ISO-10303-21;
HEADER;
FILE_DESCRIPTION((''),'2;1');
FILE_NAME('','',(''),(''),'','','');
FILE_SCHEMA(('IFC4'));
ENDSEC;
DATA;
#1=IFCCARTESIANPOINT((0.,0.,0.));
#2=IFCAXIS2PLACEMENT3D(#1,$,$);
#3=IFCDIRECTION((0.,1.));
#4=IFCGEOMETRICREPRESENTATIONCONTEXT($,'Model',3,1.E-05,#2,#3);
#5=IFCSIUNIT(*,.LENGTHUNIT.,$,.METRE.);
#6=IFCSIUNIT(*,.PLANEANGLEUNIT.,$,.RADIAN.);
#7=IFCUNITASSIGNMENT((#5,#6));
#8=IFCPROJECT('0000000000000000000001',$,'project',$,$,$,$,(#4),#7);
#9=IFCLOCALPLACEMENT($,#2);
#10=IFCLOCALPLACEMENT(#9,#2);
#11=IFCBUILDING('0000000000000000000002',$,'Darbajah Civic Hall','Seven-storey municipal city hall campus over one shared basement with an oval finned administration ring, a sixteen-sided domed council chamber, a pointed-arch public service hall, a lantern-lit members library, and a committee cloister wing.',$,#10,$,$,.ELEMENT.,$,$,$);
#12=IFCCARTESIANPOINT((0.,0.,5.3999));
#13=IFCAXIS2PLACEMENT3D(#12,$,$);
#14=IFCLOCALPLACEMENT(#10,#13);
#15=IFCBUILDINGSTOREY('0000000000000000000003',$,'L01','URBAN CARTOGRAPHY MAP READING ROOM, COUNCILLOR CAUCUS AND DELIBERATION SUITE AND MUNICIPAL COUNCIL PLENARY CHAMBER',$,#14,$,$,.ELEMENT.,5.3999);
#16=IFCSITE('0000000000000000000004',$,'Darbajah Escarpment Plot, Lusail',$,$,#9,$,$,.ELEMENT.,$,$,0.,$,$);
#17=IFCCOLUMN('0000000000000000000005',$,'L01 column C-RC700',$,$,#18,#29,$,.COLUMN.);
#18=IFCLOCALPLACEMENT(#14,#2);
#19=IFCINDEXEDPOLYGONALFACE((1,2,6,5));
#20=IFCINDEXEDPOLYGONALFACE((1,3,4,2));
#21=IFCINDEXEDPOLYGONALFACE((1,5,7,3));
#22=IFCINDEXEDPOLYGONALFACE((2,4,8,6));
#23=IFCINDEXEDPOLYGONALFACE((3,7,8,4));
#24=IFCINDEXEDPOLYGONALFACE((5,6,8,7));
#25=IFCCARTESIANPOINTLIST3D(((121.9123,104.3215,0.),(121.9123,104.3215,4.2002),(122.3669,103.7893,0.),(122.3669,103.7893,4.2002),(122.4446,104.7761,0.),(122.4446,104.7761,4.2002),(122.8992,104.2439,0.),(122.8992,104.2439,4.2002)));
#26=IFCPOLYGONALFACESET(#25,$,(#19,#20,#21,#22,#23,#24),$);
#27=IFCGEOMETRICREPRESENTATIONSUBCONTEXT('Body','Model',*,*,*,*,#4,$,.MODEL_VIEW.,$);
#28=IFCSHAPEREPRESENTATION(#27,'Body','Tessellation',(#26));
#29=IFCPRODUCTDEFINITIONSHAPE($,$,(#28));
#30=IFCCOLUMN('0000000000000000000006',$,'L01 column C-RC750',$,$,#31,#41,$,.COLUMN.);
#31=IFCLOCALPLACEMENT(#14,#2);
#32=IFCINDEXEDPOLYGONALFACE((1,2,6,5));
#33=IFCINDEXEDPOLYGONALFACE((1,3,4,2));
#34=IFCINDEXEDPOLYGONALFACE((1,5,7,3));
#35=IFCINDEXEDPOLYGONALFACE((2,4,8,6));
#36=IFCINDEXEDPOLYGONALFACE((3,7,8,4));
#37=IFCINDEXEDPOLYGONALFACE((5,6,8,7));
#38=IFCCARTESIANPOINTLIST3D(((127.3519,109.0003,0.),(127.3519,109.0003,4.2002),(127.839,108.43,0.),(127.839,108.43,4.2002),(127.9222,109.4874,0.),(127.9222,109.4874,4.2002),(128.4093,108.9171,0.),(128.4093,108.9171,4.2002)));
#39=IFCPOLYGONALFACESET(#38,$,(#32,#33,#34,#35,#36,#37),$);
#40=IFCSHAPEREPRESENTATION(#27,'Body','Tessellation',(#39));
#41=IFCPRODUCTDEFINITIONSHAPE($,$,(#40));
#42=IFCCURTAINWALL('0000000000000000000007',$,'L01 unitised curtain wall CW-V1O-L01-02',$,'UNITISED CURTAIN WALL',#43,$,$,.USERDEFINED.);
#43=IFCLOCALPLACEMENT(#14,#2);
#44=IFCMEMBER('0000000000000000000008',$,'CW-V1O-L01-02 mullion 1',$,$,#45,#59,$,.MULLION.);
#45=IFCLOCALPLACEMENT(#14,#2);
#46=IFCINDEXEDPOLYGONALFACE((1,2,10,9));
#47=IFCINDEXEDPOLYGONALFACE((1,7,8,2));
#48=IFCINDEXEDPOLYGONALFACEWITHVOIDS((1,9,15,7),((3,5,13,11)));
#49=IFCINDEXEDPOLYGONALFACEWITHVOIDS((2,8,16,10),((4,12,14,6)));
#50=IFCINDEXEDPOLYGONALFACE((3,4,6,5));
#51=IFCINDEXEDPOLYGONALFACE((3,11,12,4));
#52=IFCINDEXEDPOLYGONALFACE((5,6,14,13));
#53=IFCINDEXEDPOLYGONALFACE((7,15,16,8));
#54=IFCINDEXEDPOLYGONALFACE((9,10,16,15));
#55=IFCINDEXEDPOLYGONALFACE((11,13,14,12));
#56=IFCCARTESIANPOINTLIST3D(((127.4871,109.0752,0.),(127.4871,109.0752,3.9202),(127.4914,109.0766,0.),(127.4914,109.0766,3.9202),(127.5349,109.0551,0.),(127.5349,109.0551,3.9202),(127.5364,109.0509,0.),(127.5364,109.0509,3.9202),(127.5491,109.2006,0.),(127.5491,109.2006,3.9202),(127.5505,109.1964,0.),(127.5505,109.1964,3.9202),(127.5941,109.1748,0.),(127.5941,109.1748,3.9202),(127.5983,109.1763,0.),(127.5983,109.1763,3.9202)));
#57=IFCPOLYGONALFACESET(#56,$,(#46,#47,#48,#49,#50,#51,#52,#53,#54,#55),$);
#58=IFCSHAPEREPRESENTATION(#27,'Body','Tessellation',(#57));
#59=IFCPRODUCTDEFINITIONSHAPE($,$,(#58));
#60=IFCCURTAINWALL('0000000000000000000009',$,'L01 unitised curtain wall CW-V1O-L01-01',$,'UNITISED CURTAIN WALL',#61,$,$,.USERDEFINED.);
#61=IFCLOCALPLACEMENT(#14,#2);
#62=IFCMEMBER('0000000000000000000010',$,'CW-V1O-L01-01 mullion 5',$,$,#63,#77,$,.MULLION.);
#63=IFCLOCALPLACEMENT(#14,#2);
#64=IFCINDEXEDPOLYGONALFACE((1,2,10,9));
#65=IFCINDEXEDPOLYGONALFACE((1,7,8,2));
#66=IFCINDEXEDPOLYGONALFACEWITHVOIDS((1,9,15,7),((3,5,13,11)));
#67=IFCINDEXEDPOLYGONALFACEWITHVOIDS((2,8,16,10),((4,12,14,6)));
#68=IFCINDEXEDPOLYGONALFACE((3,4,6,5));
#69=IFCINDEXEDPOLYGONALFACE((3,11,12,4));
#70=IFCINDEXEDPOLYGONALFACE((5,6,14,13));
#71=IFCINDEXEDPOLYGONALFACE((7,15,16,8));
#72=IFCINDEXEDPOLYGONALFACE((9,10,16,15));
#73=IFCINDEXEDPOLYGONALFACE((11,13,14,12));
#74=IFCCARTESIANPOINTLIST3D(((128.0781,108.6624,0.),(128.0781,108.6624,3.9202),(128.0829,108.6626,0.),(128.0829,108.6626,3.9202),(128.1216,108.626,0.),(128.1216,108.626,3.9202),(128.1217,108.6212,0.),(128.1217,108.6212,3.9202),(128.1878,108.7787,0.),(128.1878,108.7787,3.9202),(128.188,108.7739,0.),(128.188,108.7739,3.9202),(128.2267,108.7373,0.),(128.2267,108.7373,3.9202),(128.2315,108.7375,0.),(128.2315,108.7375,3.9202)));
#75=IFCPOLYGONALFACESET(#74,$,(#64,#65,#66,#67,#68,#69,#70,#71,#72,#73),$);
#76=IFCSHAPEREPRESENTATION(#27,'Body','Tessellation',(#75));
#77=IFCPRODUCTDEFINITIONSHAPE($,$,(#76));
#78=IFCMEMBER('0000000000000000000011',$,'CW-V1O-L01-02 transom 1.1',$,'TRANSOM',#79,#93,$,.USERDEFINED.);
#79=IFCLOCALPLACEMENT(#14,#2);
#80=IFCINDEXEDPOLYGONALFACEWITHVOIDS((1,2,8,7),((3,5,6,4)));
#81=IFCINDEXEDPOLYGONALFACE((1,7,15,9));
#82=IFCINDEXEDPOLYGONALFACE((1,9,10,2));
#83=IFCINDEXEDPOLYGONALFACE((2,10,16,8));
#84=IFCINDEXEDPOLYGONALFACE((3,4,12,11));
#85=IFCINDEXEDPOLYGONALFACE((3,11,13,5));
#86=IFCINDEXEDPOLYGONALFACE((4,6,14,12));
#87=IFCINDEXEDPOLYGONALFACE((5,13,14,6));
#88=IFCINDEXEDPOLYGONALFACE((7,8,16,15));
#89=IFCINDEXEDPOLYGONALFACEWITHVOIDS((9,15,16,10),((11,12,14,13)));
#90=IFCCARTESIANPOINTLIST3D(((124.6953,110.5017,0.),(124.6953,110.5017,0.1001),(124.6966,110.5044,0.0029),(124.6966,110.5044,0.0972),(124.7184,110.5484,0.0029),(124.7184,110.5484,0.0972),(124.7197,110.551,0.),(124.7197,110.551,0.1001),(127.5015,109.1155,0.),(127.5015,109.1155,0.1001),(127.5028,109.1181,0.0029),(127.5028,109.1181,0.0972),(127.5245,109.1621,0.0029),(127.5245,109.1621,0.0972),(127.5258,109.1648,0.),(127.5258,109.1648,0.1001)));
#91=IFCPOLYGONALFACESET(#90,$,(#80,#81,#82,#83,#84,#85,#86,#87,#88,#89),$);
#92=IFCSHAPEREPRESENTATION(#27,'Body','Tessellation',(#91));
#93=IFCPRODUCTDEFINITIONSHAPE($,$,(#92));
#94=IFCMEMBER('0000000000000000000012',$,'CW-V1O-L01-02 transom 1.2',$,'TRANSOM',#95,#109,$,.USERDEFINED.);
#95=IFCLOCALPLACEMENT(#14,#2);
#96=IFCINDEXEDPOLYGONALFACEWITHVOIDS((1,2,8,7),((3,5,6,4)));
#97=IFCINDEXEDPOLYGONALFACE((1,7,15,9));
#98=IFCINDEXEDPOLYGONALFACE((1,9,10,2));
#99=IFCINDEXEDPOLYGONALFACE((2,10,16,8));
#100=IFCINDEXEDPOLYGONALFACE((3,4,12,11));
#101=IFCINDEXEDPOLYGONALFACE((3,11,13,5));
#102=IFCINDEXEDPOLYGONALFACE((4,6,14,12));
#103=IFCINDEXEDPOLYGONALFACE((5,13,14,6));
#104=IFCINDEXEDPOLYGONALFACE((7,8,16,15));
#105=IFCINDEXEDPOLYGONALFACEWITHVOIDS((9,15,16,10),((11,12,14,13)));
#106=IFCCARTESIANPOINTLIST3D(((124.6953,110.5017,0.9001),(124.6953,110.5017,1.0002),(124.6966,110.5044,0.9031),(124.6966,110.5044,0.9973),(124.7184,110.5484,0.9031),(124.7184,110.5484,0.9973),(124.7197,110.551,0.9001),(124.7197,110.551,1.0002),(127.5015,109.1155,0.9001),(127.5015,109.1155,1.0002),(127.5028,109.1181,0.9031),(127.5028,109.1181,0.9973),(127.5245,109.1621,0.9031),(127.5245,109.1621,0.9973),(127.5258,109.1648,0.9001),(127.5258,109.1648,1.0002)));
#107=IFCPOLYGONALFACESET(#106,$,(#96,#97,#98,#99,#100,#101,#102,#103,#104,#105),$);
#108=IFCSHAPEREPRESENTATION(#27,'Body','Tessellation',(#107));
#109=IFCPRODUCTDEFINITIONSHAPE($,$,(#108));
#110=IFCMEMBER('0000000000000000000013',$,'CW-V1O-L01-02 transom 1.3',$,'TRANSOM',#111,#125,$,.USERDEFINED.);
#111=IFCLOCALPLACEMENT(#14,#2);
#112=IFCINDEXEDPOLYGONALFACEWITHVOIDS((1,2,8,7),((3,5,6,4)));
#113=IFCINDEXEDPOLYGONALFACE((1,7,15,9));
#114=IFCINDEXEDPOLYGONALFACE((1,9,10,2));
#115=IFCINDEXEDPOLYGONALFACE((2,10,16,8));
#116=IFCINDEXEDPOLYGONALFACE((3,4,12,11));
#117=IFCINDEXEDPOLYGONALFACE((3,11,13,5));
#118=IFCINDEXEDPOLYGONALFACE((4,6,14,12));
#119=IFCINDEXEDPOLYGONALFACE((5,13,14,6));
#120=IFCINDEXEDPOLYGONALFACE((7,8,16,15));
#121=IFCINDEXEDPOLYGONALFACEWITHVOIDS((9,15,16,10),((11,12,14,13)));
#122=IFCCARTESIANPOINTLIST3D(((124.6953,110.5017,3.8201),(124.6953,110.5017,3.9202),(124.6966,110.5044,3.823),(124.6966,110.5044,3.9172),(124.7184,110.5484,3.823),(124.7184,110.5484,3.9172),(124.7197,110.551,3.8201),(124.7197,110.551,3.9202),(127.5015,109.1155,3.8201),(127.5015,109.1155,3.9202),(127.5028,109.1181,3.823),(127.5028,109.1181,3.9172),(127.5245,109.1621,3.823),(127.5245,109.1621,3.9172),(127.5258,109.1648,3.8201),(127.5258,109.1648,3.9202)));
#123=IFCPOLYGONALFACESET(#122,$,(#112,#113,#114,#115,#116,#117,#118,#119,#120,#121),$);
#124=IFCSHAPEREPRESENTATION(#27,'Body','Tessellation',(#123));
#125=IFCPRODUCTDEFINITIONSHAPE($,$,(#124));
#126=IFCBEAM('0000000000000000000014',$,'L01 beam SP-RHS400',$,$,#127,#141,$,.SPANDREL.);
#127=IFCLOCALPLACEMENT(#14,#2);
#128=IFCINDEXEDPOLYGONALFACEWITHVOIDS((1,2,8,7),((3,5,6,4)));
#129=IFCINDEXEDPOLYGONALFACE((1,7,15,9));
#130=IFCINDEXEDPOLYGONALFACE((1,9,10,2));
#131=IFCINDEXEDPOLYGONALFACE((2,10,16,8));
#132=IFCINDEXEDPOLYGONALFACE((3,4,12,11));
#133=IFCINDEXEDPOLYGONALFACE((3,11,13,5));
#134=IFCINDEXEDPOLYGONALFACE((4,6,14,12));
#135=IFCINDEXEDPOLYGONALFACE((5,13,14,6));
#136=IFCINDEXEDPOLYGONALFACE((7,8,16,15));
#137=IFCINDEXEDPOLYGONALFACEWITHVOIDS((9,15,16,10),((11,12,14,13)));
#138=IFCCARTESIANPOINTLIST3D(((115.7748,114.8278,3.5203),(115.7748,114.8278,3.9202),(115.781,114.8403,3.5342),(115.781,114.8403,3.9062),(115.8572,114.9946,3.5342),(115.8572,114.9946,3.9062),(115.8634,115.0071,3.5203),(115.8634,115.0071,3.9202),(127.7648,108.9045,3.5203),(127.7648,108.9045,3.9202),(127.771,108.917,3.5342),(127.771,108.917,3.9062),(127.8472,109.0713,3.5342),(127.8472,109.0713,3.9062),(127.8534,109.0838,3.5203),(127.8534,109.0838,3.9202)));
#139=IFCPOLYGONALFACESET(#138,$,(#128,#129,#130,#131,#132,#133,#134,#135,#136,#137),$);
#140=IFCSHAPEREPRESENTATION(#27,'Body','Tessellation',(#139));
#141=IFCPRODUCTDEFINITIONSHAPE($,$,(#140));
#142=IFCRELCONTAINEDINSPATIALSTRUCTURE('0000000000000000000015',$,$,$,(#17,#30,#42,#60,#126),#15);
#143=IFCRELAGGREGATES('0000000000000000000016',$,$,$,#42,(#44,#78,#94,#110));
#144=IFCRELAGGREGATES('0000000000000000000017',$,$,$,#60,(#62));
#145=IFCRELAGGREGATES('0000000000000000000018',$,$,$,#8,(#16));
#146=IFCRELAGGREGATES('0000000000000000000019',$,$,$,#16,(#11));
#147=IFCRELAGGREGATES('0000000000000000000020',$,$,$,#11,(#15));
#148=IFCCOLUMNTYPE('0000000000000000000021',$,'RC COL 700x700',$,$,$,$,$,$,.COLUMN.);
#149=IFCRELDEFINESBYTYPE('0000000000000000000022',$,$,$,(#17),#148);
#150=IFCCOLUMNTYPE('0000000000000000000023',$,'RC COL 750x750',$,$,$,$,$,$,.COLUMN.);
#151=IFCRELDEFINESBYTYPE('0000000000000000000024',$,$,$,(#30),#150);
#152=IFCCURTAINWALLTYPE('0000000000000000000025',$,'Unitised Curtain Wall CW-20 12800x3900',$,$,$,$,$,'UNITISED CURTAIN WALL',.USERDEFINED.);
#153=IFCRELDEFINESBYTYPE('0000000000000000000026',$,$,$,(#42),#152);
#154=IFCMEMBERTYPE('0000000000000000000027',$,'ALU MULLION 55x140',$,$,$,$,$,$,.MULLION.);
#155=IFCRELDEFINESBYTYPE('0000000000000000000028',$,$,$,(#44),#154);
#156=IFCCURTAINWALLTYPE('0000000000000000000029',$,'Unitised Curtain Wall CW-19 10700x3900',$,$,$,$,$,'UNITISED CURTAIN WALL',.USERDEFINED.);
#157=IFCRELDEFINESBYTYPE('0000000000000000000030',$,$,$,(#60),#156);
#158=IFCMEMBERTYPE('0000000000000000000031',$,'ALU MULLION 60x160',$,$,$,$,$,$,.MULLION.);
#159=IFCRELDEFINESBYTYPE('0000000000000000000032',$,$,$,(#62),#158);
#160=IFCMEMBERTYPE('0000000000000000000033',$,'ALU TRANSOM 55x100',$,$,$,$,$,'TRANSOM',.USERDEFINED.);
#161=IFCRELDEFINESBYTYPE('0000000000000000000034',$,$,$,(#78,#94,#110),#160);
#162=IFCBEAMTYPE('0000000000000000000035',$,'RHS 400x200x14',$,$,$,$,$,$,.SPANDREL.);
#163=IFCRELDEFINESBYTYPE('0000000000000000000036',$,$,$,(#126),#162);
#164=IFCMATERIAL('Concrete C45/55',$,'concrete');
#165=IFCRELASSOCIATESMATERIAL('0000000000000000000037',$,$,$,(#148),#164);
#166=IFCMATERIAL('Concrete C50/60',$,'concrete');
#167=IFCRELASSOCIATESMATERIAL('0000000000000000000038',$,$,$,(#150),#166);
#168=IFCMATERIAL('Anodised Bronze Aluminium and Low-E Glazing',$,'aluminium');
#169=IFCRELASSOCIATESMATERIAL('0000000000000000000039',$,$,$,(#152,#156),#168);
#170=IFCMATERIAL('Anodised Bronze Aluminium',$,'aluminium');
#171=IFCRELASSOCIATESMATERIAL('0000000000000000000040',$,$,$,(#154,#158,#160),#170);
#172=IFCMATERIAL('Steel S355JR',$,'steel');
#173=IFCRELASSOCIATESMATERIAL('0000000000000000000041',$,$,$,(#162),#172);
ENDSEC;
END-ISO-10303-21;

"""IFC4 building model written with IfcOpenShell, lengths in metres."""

from ifc_helpers import new_model, si_unit, direction, frame, origin, origin_2d, place, context, subcontext, project, spatial, rectangle, hollow_rectangle, extrude, material, material_profile, profile_set, type_object, element, aggregate, save


model = new_model("IFC4")

# Units and contexts
model_context = context("Model", 3, precision=1e-05, world=origin(), true_north=direction((0.0, 1.0)))
body_context = subcontext(model_context, "Body", "Model", "MODEL_VIEW")
ifc_project = project(units=[si_unit("LENGTHUNIT", "METRE"), si_unit("PLANEANGLEUNIT", "RADIAN")], contexts=[model_context])

# Site, building, storey
site_placement = place(None, origin())
site = spatial("IfcSite", under=ifc_project, at=site_placement, Name="Darbajah Escarpment Plot, Lusail", CompositionType="ELEMENT", RefElevation=0.0)
building_placement = place(site_placement, origin())
building = spatial("IfcBuilding", under=site, at=building_placement, Name="Darbajah Civic Hall", Description="Seven-storey municipal city hall campus over one shared basement with an oval finned administration ring, a sixteen-sided domed council chamber, a pointed-arch public service hall, a lantern-lit members library, and a committee cloister wing.", CompositionType="ELEMENT")
storey_placement = place(building_placement, frame((0.0, 0.0, 5.3999)))
storey = spatial("IfcBuildingStorey", under=building, at=storey_placement, Name="L01", Description="URBAN CARTOGRAPHY MAP READING ROOM, COUNCILLOR CAUCUS AND DELIBERATION SUITE AND MUNICIPAL COUNCIL PLENARY CHAMBER", CompositionType="ELEMENT", Elevation=5.3999)

# Columns
ifc_material_1 = material(Name="Concrete C45/55", Category="concrete")
ifc_material_profile_1 = material_profile(ifc_material_1, rectangle(XDim=0.7, YDim=0.7, at=origin_2d()), Name="RC COL 700x700")
ifc_profile_set_1 = profile_set([ifc_material_profile_1], Name="Concrete C45/55")
column_type_1 = type_object("IfcColumnType", Name="RC COL 700x700", PredefinedType="COLUMN", material=ifc_profile_set_1)
column_1_placement = place(storey_placement, frame((122.4058, 104.2827, 0.0), z_axis=(0.0, 0.0, 1.0), x_axis=(0.760406, 0.649448, 0.0)))
element("IfcColumn", 1, at=column_1_placement, inside=storey, type_object=column_type_1, Name="L01 column C-RC700", PredefinedType="COLUMN", context=body_context, shape_type="SweptSolid", body=[
    extrude(rectangle(XDim=0.7, YDim=0.7, at=origin_2d()), origin(), (0.0, 0.0, 1.0), 4.2002),
])
ifc_material_2 = material(Name="Concrete C50/60", Category="concrete")
ifc_material_profile_2 = material_profile(ifc_material_2, rectangle(XDim=0.75, YDim=0.75, at=origin_2d()), Name="RC COL 750x750")
ifc_profile_set_2 = profile_set([ifc_material_profile_2], Name="Concrete C50/60")
column_type_2 = type_object("IfcColumnType", Name="RC COL 750x750", PredefinedType="COLUMN", material=ifc_profile_set_2)
column_2_placement = place(storey_placement, frame((127.8806, 108.9587, 0.0), z_axis=(0.0, 0.0, 1.0), x_axis=(0.760406, 0.649448, 0.0)))
element("IfcColumn", 2, at=column_2_placement, inside=storey, type_object=column_type_2, Name="L01 column C-RC750", PredefinedType="COLUMN", context=body_context, shape_type="SweptSolid", body=[
    extrude(rectangle(XDim=0.75, YDim=0.75, at=origin_2d()), origin(), (0.0, 0.0, 1.0), 4.2002),
])

# Curtain walls, members
ifc_material_3 = material(Name="Anodised Bronze Aluminium and Low-E Glazing", Category="aluminium")
curtain_wall_type_1 = type_object("IfcCurtainWallType", Name="Unitised Curtain Wall CW-20 12800x3900", ElementType="UNITISED CURTAIN WALL", PredefinedType="USERDEFINED", material=ifc_material_3)
curtain_wall_1_placement = place(storey_placement, origin())
curtain_wall_1 = element("IfcCurtainWall", 3, at=curtain_wall_1_placement, inside=storey, type_object=curtain_wall_type_1, Name="L01 unitised curtain wall CW-V1O-L01-02", ObjectType="UNITISED CURTAIN WALL", PredefinedType="USERDEFINED")
ifc_material_4 = material(Name="Anodised Bronze Aluminium", Category="aluminium")
ifc_material_profile_3 = material_profile(ifc_material_4, hollow_rectangle(XDim=0.0549, YDim=0.1399, WallThickness=0.0032, at=origin_2d()), Name="ALU MULLION 55x140")
ifc_profile_set_3 = profile_set([ifc_material_profile_3], Name="Anodised Bronze Aluminium")
member_type_1 = type_object("IfcMemberType", Name="ALU MULLION 55x140", PredefinedType="MULLION", material=ifc_profile_set_3)
member_1_placement = place(storey_placement, frame((127.5427, 109.1257, 0.0), z_axis=(0.0, 0.0, 1.0), x_axis=(-0.896564, 0.442915, 0.0)))
member_1 = element("IfcMember", 4, at=member_1_placement, type_object=member_type_1, Name="CW-V1O-L01-02 mullion 1", PredefinedType="MULLION", context=body_context, shape_type="SweptSolid", body=[
    extrude(hollow_rectangle(XDim=0.0549, YDim=0.1399, WallThickness=0.0032, at=origin_2d()), origin(), (0.0, 0.0, 1.0), 3.9202),
])
curtain_wall_type_2 = type_object("IfcCurtainWallType", Name="Unitised Curtain Wall CW-19 10700x3900", ElementType="UNITISED CURTAIN WALL", PredefinedType="USERDEFINED", material=ifc_material_3)
curtain_wall_2_placement = place(storey_placement, origin())
curtain_wall_2 = element("IfcCurtainWall", 5, at=curtain_wall_2_placement, inside=storey, type_object=curtain_wall_type_2, Name="L01 unitised curtain wall CW-V1O-L01-01", ObjectType="UNITISED CURTAIN WALL", PredefinedType="USERDEFINED")
ifc_material_profile_4 = material_profile(ifc_material_4, hollow_rectangle(XDim=0.0601, YDim=0.1599, WallThickness=0.0034, at=origin_2d()), Name="ALU MULLION 60x160")
ifc_profile_set_4 = profile_set([ifc_material_profile_4], Name="Anodised Bronze Aluminium")
member_type_2 = type_object("IfcMemberType", Name="ALU MULLION 60x160", PredefinedType="MULLION", material=ifc_profile_set_4)
member_2_placement = place(storey_placement, frame((128.1548, 108.7, 0.0), z_axis=(0.0, 0.0, 1.0), x_axis=(-0.727174, 0.686453, 0.0)))
member_2 = element("IfcMember", 6, at=member_2_placement, type_object=member_type_2, Name="CW-V1O-L01-01 mullion 5", PredefinedType="MULLION", context=body_context, shape_type="SweptSolid", body=[
    extrude(hollow_rectangle(XDim=0.0601, YDim=0.1599, WallThickness=0.0034, at=origin_2d()), origin(), (0.0, 0.0, 1.0), 3.9202),
])

# Members
ifc_material_profile_5 = material_profile(ifc_material_4, hollow_rectangle(XDim=0.0549, YDim=0.1001, WallThickness=0.0029, at=origin_2d()), Name="ALU TRANSOM 55x100")
ifc_profile_set_5 = profile_set([ifc_material_profile_5], Name="Anodised Bronze Aluminium")
member_type_3 = type_object("IfcMemberType", Name="ALU TRANSOM 55x100", ElementType="TRANSOM", PredefinedType="USERDEFINED", material=ifc_profile_set_5)
member_3_placement = place(storey_placement, frame((127.5137, 109.1401, 0.05), z_axis=(-0.89657, 0.442903, 0.0), x_axis=(-0.442903, -0.89657, 0.0)))
member_3 = element("IfcMember", 7, at=member_3_placement, type_object=member_type_3, Name="CW-V1O-L01-02 transom 1.1", ObjectType="TRANSOM", PredefinedType="USERDEFINED", context=body_context, shape_type="SweptSolid", body=[
    extrude(hollow_rectangle(XDim=0.0549, YDim=0.1001, WallThickness=0.0029, at=origin_2d()), origin(), (0.0, 0.0, 1.0), 3.1299),
])
member_4_placement = place(storey_placement, frame((127.5137, 109.1401, 0.9502), z_axis=(-0.89657, 0.442903, 0.0), x_axis=(-0.442903, -0.89657, 0.0)))
member_4 = element("IfcMember", 8, at=member_4_placement, type_object=member_type_3, Name="CW-V1O-L01-02 transom 1.2", ObjectType="TRANSOM", PredefinedType="USERDEFINED", context=body_context, shape_type="SweptSolid", body=[
    extrude(hollow_rectangle(XDim=0.0549, YDim=0.1001, WallThickness=0.0029, at=origin_2d()), origin(), (0.0, 0.0, 1.0), 3.1299),
])
member_5_placement = place(storey_placement, frame((127.5137, 109.1401, 3.8701), z_axis=(-0.89657, 0.442903, 0.0), x_axis=(-0.442903, -0.89657, 0.0)))
member_5 = element("IfcMember", 9, at=member_5_placement, type_object=member_type_3, Name="CW-V1O-L01-02 transom 1.3", ObjectType="TRANSOM", PredefinedType="USERDEFINED", context=body_context, shape_type="SweptSolid", body=[
    extrude(hollow_rectangle(XDim=0.0549, YDim=0.1001, WallThickness=0.0029, at=origin_2d()), origin(), (0.0, 0.0, 1.0), 3.1299),
])
aggregate(curtain_wall_1, [member_1, member_3, member_4, member_5])

# Beam
ifc_material_5 = material(Name="Steel S355JR", Category="steel")
ifc_material_profile_6 = material_profile(ifc_material_5, hollow_rectangle(XDim=0.2, YDim=0.3999, WallThickness=0.0139, at=origin_2d()), Name="RHS 400x200x14")
ifc_profile_set_6 = profile_set([ifc_material_profile_6], Name="Steel S355JR")
beam_type_1 = type_object("IfcBeamType", Name="RHS 400x200x14", PredefinedType="SPANDREL", material=ifc_profile_set_6)
beam_1_placement = place(storey_placement, frame((127.8091, 108.9941, 3.7202), z_axis=(-0.89656, 0.442922, 0.0), x_axis=(-0.442922, -0.89656, 0.0)))
element("IfcBeam", 10, at=beam_1_placement, inside=storey, type_object=beam_type_1, Name="L01 beam SP-RHS400", PredefinedType="SPANDREL", context=body_context, shape_type="SweptSolid", body=[
    extrude(hollow_rectangle(XDim=0.2, YDim=0.3999, WallThickness=0.0139, at=origin_2d()), origin(), (0.0, 0.0, 1.0), 13.3733),
])

aggregate(curtain_wall_2, [member_2])

save(model, "model.ifc")
